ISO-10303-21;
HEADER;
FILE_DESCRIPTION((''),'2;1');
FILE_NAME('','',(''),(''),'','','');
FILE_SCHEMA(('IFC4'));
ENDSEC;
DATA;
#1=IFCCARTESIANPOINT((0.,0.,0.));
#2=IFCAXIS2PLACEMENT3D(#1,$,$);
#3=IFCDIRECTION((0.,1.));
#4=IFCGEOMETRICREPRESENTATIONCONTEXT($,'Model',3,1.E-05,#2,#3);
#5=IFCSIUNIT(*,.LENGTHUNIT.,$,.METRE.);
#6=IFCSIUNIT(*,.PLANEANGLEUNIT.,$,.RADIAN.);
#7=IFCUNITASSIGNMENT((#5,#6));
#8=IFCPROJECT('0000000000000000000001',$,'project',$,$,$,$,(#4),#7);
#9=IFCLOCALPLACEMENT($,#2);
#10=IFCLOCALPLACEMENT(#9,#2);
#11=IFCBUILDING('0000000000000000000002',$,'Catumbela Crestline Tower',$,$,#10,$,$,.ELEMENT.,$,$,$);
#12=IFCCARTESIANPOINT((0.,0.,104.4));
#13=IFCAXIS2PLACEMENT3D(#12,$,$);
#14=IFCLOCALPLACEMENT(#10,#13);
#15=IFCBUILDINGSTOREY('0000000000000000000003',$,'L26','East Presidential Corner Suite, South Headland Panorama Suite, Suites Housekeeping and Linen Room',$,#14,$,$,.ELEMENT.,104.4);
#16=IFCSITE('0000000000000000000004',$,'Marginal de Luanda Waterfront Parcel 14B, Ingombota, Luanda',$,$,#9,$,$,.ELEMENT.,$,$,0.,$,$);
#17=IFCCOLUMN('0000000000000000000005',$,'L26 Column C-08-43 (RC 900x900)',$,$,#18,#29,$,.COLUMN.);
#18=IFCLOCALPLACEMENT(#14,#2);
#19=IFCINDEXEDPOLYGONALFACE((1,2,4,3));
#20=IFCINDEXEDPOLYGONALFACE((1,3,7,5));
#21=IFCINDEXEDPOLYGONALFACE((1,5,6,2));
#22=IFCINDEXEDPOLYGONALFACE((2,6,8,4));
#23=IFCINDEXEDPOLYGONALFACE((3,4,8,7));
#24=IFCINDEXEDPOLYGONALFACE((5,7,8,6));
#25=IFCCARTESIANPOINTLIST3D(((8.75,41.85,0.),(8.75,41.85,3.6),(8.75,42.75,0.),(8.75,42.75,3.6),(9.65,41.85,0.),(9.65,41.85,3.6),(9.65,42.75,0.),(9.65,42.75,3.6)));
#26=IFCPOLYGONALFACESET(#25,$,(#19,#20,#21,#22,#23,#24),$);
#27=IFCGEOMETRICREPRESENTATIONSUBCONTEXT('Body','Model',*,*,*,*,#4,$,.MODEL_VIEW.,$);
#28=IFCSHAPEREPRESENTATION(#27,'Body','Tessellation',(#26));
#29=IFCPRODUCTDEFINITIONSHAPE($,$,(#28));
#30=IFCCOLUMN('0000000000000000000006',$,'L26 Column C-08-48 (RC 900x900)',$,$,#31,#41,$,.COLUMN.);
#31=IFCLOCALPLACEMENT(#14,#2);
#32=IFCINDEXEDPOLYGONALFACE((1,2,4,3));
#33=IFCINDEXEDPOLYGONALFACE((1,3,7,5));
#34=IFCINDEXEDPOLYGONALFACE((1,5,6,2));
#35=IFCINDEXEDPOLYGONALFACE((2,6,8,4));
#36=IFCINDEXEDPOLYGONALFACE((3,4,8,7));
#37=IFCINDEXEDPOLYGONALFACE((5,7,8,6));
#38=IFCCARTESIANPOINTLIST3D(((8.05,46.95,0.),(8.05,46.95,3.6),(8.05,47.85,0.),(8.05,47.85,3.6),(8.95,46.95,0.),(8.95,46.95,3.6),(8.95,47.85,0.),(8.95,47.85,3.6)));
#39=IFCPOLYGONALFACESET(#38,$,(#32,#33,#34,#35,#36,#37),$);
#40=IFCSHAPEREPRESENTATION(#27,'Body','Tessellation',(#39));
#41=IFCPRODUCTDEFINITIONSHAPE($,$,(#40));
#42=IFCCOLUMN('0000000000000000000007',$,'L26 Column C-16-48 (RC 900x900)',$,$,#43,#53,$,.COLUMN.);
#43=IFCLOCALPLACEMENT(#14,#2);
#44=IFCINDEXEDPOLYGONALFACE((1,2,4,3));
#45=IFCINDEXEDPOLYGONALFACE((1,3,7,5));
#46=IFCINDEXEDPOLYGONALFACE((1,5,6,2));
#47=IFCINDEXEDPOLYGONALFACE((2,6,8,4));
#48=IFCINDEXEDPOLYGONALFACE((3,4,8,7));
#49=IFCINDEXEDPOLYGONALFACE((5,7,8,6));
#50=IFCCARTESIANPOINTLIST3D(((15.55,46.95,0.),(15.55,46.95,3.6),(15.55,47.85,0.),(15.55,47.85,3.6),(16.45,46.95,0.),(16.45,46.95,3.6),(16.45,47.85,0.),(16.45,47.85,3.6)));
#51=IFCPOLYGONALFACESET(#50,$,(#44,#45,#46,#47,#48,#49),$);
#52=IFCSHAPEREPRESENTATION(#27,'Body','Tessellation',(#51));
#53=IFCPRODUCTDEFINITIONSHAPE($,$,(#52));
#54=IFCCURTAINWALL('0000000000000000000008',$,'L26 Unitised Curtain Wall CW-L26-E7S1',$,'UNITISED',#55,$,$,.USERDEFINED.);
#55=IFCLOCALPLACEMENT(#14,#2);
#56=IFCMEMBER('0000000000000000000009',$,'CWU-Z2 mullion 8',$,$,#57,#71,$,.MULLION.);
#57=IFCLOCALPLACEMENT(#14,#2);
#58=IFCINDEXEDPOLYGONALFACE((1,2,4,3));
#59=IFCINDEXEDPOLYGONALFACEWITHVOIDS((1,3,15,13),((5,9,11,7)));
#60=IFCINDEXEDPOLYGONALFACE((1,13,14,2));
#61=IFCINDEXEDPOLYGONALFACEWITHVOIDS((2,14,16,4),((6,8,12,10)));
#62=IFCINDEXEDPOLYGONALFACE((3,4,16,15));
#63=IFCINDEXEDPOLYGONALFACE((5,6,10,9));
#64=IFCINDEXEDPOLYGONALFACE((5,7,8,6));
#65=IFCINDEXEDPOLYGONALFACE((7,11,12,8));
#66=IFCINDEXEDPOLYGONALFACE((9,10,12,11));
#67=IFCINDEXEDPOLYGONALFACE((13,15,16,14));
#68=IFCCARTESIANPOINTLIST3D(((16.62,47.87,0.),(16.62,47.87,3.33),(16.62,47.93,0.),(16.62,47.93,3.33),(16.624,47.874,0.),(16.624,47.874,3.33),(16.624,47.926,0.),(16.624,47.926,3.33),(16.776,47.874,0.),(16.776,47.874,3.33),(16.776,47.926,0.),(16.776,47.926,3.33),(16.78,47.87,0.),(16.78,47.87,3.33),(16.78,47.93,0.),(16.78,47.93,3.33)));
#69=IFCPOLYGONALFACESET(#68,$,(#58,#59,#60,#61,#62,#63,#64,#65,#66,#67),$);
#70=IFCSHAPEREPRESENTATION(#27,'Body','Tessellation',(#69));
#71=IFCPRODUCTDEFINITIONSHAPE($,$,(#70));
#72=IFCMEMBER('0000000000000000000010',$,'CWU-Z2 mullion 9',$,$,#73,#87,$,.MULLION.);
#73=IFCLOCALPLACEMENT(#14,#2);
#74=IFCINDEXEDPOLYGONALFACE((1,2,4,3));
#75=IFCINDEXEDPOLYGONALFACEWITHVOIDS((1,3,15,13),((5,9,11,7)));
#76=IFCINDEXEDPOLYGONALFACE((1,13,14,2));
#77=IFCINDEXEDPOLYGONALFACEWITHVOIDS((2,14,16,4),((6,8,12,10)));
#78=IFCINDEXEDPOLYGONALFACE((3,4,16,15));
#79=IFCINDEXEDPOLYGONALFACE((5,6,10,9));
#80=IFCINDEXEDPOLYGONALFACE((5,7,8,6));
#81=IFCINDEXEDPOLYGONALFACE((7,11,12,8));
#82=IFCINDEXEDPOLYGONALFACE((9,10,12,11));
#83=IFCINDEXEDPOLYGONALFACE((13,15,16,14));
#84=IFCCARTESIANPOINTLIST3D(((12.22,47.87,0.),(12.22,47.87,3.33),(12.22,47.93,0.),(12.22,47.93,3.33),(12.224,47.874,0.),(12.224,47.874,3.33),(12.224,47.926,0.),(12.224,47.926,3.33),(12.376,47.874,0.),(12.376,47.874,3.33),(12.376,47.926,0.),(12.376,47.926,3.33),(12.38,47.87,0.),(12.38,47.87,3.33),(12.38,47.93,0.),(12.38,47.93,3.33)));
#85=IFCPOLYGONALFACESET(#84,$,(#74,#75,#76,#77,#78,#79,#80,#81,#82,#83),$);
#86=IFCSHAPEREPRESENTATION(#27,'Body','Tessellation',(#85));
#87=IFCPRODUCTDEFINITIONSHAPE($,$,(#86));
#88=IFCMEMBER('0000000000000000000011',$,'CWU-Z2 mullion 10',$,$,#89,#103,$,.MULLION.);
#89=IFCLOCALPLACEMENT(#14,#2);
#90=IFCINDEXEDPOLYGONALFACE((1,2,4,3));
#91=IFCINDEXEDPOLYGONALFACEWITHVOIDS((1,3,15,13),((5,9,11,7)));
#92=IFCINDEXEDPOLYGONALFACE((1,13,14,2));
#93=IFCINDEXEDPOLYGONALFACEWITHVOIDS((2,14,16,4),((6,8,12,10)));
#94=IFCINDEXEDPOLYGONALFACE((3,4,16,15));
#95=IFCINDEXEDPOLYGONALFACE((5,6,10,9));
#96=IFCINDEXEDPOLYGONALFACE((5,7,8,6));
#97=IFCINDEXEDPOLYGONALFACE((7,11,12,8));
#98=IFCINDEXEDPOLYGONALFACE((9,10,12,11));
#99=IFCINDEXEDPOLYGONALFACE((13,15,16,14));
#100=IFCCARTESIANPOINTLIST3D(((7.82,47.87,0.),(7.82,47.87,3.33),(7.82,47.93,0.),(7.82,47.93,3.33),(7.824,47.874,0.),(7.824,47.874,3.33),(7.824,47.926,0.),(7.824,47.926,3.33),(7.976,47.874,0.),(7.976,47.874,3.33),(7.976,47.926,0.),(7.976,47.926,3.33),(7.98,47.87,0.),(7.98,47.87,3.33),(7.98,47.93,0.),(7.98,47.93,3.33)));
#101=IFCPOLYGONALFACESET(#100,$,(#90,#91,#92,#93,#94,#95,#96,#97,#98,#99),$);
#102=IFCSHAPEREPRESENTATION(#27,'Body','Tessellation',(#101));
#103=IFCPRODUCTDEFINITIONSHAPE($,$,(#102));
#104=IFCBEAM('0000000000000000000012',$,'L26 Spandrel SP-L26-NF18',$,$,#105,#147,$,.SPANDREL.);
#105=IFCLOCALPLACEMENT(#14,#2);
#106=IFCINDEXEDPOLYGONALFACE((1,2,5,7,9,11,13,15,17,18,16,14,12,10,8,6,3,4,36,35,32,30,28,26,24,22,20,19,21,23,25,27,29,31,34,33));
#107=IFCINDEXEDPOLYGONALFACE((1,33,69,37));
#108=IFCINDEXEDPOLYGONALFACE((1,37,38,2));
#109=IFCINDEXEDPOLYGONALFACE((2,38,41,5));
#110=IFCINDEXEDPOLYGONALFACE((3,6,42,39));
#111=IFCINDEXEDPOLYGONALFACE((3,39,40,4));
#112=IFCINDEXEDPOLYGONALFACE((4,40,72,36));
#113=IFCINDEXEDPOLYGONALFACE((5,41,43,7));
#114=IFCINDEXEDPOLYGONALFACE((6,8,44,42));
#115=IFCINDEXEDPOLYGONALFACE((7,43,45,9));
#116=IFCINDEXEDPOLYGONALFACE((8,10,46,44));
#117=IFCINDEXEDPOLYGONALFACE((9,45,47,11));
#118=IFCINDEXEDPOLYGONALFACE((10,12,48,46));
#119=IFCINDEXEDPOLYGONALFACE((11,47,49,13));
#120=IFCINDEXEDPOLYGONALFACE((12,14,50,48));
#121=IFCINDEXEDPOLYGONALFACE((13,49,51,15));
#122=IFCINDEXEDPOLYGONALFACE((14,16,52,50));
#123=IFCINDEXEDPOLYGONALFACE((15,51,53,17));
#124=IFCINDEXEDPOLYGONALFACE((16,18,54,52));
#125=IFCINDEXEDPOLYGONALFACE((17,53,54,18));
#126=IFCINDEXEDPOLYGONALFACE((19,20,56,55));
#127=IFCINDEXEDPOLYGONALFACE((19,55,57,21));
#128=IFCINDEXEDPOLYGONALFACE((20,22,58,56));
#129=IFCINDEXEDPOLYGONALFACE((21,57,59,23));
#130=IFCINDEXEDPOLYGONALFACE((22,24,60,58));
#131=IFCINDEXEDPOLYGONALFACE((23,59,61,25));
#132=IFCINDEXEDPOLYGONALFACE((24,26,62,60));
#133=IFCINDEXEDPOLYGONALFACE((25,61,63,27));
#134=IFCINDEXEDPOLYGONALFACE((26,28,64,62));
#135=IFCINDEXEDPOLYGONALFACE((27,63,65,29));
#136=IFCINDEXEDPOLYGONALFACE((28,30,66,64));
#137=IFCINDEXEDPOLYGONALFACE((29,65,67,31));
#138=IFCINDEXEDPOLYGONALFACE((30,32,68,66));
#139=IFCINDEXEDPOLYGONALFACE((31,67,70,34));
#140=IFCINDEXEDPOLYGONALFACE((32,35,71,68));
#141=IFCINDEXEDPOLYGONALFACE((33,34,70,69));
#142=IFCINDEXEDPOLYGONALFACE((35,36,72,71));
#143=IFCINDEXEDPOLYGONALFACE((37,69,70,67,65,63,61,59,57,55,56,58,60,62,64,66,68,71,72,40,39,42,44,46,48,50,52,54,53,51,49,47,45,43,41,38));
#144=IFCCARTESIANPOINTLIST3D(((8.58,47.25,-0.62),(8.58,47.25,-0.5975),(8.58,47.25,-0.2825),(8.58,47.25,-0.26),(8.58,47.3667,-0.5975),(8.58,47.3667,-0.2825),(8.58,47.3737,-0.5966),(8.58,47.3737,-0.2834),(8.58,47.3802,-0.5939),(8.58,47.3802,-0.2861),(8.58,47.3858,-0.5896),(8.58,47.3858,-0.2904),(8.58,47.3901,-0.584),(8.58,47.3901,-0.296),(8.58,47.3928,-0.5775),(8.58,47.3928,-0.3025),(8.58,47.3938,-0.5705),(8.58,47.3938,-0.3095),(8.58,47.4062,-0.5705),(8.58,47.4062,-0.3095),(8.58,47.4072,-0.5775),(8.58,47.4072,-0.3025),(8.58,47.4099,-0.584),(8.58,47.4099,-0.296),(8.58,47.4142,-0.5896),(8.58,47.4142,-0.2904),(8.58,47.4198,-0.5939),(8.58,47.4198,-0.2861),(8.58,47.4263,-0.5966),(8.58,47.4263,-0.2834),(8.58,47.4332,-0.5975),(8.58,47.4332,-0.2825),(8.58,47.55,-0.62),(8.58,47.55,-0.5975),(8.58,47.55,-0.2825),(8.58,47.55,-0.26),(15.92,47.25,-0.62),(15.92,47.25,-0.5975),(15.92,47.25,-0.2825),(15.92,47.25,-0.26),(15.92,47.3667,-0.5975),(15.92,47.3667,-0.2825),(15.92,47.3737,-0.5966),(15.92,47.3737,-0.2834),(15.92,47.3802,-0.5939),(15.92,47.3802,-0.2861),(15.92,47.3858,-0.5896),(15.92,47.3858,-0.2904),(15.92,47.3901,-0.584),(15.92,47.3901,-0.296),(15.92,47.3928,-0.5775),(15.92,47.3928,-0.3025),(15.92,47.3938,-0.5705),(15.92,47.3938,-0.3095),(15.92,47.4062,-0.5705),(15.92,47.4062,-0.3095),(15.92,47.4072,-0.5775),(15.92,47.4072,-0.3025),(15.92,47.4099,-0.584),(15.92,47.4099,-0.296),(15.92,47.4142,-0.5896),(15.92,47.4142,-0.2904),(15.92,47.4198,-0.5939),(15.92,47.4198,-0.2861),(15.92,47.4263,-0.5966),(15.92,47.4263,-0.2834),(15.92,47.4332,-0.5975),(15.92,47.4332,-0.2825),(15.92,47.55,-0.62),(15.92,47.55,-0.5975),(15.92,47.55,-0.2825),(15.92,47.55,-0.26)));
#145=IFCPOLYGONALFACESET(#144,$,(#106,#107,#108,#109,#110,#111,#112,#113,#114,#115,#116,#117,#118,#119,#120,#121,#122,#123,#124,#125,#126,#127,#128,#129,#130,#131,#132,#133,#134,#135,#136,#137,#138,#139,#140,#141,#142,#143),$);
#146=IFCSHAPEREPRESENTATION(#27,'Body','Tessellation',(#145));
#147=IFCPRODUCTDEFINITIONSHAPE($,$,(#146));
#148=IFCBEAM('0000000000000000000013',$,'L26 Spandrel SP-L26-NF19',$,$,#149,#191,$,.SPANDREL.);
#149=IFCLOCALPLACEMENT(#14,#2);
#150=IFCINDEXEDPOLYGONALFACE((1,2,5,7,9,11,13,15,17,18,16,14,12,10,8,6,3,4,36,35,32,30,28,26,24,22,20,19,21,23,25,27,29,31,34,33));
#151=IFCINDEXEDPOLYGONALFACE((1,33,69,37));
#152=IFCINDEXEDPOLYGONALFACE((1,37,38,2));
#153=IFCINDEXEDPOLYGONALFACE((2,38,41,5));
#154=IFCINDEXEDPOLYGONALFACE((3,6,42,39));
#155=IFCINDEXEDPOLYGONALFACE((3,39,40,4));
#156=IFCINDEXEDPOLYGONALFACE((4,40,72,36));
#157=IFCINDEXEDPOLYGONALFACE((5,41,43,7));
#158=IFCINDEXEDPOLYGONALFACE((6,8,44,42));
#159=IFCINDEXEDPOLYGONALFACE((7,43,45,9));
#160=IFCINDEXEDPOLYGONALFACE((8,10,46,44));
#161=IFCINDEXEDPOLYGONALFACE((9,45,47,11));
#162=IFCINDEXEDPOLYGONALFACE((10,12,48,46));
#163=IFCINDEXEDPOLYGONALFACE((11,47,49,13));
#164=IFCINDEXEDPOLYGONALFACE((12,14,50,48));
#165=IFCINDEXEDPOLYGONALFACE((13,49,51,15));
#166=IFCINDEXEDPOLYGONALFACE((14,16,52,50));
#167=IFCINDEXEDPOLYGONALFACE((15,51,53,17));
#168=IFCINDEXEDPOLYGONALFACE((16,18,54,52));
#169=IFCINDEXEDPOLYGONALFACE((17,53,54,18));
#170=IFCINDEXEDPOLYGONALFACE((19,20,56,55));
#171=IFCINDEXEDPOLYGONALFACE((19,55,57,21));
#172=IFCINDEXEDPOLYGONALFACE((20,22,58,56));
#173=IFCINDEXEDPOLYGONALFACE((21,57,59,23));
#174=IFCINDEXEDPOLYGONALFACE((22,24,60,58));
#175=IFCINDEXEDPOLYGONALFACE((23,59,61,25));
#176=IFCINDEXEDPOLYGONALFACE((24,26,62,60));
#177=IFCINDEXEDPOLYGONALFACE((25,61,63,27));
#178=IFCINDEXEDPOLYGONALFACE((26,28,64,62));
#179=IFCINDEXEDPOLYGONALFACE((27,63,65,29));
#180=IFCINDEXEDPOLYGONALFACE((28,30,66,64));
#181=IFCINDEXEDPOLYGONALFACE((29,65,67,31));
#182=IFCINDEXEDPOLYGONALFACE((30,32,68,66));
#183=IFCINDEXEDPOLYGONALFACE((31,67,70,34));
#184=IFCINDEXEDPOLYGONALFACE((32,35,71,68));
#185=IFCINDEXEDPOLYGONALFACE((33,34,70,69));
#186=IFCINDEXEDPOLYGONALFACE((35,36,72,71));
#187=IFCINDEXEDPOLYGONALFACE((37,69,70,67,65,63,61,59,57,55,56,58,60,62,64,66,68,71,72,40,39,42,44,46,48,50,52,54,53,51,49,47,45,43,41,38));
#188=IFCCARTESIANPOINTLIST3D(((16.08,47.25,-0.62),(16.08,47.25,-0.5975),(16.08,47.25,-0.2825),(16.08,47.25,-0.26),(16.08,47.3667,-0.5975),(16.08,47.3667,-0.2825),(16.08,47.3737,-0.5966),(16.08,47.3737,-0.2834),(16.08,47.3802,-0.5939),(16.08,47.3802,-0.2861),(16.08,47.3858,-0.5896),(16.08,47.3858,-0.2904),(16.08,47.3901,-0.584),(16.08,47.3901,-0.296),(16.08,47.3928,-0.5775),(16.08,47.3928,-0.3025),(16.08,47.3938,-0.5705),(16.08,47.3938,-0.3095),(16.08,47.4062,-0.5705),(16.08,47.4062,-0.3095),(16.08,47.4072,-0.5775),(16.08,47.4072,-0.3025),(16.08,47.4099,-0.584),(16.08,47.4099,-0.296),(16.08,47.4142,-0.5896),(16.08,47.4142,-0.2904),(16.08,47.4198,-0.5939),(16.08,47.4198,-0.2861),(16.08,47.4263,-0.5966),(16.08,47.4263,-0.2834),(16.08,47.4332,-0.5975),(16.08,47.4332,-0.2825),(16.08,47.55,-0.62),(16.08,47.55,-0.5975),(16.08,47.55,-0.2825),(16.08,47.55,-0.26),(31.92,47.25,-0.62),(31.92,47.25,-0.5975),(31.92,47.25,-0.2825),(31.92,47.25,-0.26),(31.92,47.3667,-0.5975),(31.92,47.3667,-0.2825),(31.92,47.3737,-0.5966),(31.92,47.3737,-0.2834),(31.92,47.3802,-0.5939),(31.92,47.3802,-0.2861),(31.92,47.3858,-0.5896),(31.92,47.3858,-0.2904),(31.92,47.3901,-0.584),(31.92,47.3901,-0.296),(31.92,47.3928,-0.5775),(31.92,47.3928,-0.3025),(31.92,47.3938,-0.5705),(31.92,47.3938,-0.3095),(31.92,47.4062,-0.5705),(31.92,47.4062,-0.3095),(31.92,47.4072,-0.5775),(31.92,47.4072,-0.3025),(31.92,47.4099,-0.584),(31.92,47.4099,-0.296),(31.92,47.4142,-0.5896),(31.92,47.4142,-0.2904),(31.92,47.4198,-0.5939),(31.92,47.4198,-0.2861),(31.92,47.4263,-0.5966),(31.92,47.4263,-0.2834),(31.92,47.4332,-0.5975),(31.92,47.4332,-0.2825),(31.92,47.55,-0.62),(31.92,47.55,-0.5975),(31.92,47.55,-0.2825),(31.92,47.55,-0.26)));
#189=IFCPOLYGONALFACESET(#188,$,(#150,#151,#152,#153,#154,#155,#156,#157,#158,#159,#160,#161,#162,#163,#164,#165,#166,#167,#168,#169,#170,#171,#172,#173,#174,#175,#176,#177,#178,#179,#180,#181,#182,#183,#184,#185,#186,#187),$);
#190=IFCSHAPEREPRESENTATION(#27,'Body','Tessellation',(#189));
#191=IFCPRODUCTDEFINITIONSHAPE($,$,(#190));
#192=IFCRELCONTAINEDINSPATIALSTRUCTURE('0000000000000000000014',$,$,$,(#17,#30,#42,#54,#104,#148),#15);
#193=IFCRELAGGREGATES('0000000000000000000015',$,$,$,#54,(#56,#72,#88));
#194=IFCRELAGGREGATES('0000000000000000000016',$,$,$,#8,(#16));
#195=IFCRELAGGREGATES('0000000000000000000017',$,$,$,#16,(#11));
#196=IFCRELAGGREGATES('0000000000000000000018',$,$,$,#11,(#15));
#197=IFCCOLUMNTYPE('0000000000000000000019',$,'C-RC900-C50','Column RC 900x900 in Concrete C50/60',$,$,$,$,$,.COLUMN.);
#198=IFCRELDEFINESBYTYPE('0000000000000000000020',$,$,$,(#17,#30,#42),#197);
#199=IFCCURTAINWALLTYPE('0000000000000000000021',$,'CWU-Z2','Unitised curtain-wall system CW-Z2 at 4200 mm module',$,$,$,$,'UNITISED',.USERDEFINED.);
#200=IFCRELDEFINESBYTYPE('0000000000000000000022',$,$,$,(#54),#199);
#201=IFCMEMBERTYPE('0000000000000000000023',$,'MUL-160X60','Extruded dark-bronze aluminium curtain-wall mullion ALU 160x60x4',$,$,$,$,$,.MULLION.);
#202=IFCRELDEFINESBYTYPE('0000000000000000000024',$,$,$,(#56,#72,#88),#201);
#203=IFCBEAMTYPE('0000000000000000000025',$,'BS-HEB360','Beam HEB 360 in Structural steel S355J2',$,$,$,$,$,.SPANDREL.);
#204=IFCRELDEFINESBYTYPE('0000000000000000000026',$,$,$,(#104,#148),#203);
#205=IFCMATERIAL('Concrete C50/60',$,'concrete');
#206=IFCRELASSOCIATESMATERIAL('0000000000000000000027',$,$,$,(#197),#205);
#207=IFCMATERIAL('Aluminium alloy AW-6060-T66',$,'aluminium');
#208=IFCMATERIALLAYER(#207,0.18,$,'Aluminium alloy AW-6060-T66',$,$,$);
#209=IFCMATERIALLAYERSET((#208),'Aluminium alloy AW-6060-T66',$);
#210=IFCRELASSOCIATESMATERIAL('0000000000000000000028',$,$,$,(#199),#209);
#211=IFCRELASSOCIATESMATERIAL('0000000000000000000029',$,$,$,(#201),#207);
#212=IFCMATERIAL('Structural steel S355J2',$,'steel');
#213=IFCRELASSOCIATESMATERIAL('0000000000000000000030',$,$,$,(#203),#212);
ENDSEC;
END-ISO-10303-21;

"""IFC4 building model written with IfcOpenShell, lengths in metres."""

from ifc_helpers import new_model, si_unit, direction, frame, origin, origin_2d, place, context, subcontext, project, spatial, rectangle, hollow_rectangle, i_section, extrude, material, layer, layer_set, material_profile, profile_set, type_object, element, aggregate, save


model = new_model("IFC4")

# Units and contexts
model_context = context("Model", 3, precision=1e-05, world=origin(), true_north=direction((0.0, 1.0)))
body_context = subcontext(model_context, "Body", "Model", "MODEL_VIEW")
ifc_project = project(units=[si_unit("LENGTHUNIT", "METRE"), si_unit("PLANEANGLEUNIT", "RADIAN")], contexts=[model_context])

# Site, building, storey
site_placement = place(None, origin())
site = spatial("IfcSite", under=ifc_project, at=site_placement, Name="Marginal de Luanda Waterfront Parcel 14B, Ingombota, Luanda", CompositionType="ELEMENT", RefElevation=0.0)
building_placement = place(site_placement, origin())
building = spatial("IfcBuilding", under=site, at=building_placement, Name="Catumbela Crestline Tower", CompositionType="ELEMENT")
storey_placement = place(building_placement, frame((0.0, 0.0, 104.4)))
storey = spatial("IfcBuildingStorey", under=building, at=storey_placement, Name="L26", Description="East Presidential Corner Suite, South Headland Panorama Suite, Suites Housekeeping and Linen Room", CompositionType="ELEMENT", Elevation=104.4)

# Columns
ifc_material_1 = material(Name="Concrete C50/60", Category="concrete")
ifc_material_profile_1 = material_profile(ifc_material_1, rectangle(XDim=0.9, YDim=0.9, at=origin_2d()), Name="RC 900x900")
ifc_profile_set_1 = profile_set([ifc_material_profile_1], Name="Concrete C50/60")
column_type = type_object("IfcColumnType", Name="C-RC900-C50", Description="Column RC 900x900 in Concrete C50/60", PredefinedType="COLUMN", material=ifc_profile_set_1)
for number, where, z_axis, x_axis, name in (
    (1, (9.2, 42.3, 0.0), (0.0, 0.0, 1.0), (1.0, 0.0, 0.0), "L26 Column C-08-43 (RC 900x900)"),
    (2, (8.5, 47.4, 0.0), (0.0, 0.0, 1.0), (1.0, 0.0, 0.0), "L26 Column C-08-48 (RC 900x900)"),
    (3, (16.0, 47.4, 0.0), (0.0, 0.0, 1.0), (1.0, 0.0, 0.0), "L26 Column C-16-48 (RC 900x900)"),
):
    element("IfcColumn", number, at=place(storey_placement, frame(where, z_axis=z_axis, x_axis=x_axis)), inside=storey, type_object=column_type, Name=name, PredefinedType="COLUMN", context=body_context, shape_type="SweptSolid", body=[
        extrude(rectangle(XDim=0.9, YDim=0.9, at=origin_2d()), origin(), (0.0, 0.0, 1.0), 3.6),
    ])

# Curtain wall, members
ifc_material_2 = material(Name="Aluminium alloy AW-6060-T66", Category="aluminium")
ifc_layer_1 = layer(ifc_material_2, 0.18, Name="Aluminium alloy AW-6060-T66")
ifc_layer_set_1 = layer_set([ifc_layer_1], Name="Aluminium alloy AW-6060-T66")
curtain_wall_type = type_object("IfcCurtainWallType", Name="CWU-Z2", Description="Unitised curtain-wall system CW-Z2 at 4200 mm module", ElementType="UNITISED", PredefinedType="USERDEFINED", material=ifc_layer_set_1)
curtain_wall_placement = place(storey_placement, origin())
curtain_wall = element("IfcCurtainWall", 4, at=curtain_wall_placement, inside=storey, type_object=curtain_wall_type, Name="L26 Unitised Curtain Wall CW-L26-E7S1", ObjectType="UNITISED", PredefinedType="USERDEFINED")
ifc_material_profile_2 = material_profile(ifc_material_2, hollow_rectangle(XDim=0.06, YDim=0.16, WallThickness=0.004, at=origin_2d()), Name="ALU 160x60x4")
ifc_profile_set_2 = profile_set([ifc_material_profile_2], Name="Aluminium alloy AW-6060-T66")
member_type_1 = type_object("IfcMemberType", Name="MUL-160X60", Description="Extruded dark-bronze aluminium curtain-wall mullion ALU 160x60x4", PredefinedType="MULLION", material=ifc_profile_set_2)
member_1_placement = place(storey_placement, frame((16.7, 47.9, 0.0), z_axis=(0.0, 0.0, 1.0), x_axis=(0.0, -1.0, 0.0)))
member_1 = element("IfcMember", 5, at=member_1_placement, type_object=member_type_1, Name="CWU-Z2 mullion 8", PredefinedType="MULLION", context=body_context, shape_type="SweptSolid", body=[
    extrude(hollow_rectangle(XDim=0.06, YDim=0.16, WallThickness=0.004, at=origin_2d()), origin(), (0.0, 0.0, 1.0), 3.33),
])
member_2_placement = place(storey_placement, frame((12.3, 47.9, 0.0), z_axis=(0.0, 0.0, 1.0), x_axis=(0.0, -1.0, 0.0)))
member_2 = element("IfcMember", 6, at=member_2_placement, type_object=member_type_1, Name="CWU-Z2 mullion 9", PredefinedType="MULLION", context=body_context, shape_type="SweptSolid", body=[
    extrude(hollow_rectangle(XDim=0.06, YDim=0.16, WallThickness=0.004, at=origin_2d()), origin(), (0.0, 0.0, 1.0), 3.33),
])
member_3_placement = place(storey_placement, frame((7.9, 47.9, 0.0), z_axis=(0.0, 0.0, 1.0), x_axis=(0.0, -1.0, 0.0)))
member_3 = element("IfcMember", 7, at=member_3_placement, type_object=member_type_1, Name="CWU-Z2 mullion 10", PredefinedType="MULLION", context=body_context, shape_type="SweptSolid", body=[
    extrude(hollow_rectangle(XDim=0.06, YDim=0.16, WallThickness=0.004, at=origin_2d()), origin(), (0.0, 0.0, 1.0), 3.33),
])

# Beams
ifc_material_3 = material(Name="Structural steel S355J2", Category="steel")
ifc_material_profile_3 = material_profile(ifc_material_3, i_section(OverallWidth=0.3, OverallDepth=0.36, WebThickness=0.0125, FlangeThickness=0.0225, FilletRadius=0.027, at=origin_2d()), Name="HEB 360")
ifc_profile_set_3 = profile_set([ifc_material_profile_3], Name="Structural steel S355J2")
beam_type = type_object("IfcBeamType", Name="BS-HEB360", Description="Beam HEB 360 in Structural steel S355J2", PredefinedType="SPANDREL", material=ifc_profile_set_3)
beam_1_placement = place(storey_placement, frame((8.58, 47.4, -0.44), z_axis=(1.0, 0.0, 0.0), x_axis=(0.0, 1.0, 0.0)))
element("IfcBeam", 8, at=beam_1_placement, inside=storey, type_object=beam_type, Name="L26 Spandrel SP-L26-NF18", PredefinedType="SPANDREL", context=body_context, shape_type="SweptSolid", body=[
    extrude(i_section(OverallWidth=0.3, OverallDepth=0.36, WebThickness=0.0125, FlangeThickness=0.0225, FilletRadius=0.027, at=origin_2d()), origin(), (0.0, 0.0, 1.0), 7.34),
])
beam_2_placement = place(storey_placement, frame((16.08, 47.4, -0.44), z_axis=(1.0, 0.0, 0.0), x_axis=(0.0, 1.0, 0.0)))
element("IfcBeam", 9, at=beam_2_placement, inside=storey, type_object=beam_type, Name="L26 Spandrel SP-L26-NF19", PredefinedType="SPANDREL", context=body_context, shape_type="SweptSolid", body=[
    extrude(i_section(OverallWidth=0.3, OverallDepth=0.36, WebThickness=0.0125, FlangeThickness=0.0225, FilletRadius=0.027, at=origin_2d()), origin(), (0.0, 0.0, 1.0), 15.84),
])

aggregate(curtain_wall, [member_1, member_2, member_3])

save(model, "model.ifc")
